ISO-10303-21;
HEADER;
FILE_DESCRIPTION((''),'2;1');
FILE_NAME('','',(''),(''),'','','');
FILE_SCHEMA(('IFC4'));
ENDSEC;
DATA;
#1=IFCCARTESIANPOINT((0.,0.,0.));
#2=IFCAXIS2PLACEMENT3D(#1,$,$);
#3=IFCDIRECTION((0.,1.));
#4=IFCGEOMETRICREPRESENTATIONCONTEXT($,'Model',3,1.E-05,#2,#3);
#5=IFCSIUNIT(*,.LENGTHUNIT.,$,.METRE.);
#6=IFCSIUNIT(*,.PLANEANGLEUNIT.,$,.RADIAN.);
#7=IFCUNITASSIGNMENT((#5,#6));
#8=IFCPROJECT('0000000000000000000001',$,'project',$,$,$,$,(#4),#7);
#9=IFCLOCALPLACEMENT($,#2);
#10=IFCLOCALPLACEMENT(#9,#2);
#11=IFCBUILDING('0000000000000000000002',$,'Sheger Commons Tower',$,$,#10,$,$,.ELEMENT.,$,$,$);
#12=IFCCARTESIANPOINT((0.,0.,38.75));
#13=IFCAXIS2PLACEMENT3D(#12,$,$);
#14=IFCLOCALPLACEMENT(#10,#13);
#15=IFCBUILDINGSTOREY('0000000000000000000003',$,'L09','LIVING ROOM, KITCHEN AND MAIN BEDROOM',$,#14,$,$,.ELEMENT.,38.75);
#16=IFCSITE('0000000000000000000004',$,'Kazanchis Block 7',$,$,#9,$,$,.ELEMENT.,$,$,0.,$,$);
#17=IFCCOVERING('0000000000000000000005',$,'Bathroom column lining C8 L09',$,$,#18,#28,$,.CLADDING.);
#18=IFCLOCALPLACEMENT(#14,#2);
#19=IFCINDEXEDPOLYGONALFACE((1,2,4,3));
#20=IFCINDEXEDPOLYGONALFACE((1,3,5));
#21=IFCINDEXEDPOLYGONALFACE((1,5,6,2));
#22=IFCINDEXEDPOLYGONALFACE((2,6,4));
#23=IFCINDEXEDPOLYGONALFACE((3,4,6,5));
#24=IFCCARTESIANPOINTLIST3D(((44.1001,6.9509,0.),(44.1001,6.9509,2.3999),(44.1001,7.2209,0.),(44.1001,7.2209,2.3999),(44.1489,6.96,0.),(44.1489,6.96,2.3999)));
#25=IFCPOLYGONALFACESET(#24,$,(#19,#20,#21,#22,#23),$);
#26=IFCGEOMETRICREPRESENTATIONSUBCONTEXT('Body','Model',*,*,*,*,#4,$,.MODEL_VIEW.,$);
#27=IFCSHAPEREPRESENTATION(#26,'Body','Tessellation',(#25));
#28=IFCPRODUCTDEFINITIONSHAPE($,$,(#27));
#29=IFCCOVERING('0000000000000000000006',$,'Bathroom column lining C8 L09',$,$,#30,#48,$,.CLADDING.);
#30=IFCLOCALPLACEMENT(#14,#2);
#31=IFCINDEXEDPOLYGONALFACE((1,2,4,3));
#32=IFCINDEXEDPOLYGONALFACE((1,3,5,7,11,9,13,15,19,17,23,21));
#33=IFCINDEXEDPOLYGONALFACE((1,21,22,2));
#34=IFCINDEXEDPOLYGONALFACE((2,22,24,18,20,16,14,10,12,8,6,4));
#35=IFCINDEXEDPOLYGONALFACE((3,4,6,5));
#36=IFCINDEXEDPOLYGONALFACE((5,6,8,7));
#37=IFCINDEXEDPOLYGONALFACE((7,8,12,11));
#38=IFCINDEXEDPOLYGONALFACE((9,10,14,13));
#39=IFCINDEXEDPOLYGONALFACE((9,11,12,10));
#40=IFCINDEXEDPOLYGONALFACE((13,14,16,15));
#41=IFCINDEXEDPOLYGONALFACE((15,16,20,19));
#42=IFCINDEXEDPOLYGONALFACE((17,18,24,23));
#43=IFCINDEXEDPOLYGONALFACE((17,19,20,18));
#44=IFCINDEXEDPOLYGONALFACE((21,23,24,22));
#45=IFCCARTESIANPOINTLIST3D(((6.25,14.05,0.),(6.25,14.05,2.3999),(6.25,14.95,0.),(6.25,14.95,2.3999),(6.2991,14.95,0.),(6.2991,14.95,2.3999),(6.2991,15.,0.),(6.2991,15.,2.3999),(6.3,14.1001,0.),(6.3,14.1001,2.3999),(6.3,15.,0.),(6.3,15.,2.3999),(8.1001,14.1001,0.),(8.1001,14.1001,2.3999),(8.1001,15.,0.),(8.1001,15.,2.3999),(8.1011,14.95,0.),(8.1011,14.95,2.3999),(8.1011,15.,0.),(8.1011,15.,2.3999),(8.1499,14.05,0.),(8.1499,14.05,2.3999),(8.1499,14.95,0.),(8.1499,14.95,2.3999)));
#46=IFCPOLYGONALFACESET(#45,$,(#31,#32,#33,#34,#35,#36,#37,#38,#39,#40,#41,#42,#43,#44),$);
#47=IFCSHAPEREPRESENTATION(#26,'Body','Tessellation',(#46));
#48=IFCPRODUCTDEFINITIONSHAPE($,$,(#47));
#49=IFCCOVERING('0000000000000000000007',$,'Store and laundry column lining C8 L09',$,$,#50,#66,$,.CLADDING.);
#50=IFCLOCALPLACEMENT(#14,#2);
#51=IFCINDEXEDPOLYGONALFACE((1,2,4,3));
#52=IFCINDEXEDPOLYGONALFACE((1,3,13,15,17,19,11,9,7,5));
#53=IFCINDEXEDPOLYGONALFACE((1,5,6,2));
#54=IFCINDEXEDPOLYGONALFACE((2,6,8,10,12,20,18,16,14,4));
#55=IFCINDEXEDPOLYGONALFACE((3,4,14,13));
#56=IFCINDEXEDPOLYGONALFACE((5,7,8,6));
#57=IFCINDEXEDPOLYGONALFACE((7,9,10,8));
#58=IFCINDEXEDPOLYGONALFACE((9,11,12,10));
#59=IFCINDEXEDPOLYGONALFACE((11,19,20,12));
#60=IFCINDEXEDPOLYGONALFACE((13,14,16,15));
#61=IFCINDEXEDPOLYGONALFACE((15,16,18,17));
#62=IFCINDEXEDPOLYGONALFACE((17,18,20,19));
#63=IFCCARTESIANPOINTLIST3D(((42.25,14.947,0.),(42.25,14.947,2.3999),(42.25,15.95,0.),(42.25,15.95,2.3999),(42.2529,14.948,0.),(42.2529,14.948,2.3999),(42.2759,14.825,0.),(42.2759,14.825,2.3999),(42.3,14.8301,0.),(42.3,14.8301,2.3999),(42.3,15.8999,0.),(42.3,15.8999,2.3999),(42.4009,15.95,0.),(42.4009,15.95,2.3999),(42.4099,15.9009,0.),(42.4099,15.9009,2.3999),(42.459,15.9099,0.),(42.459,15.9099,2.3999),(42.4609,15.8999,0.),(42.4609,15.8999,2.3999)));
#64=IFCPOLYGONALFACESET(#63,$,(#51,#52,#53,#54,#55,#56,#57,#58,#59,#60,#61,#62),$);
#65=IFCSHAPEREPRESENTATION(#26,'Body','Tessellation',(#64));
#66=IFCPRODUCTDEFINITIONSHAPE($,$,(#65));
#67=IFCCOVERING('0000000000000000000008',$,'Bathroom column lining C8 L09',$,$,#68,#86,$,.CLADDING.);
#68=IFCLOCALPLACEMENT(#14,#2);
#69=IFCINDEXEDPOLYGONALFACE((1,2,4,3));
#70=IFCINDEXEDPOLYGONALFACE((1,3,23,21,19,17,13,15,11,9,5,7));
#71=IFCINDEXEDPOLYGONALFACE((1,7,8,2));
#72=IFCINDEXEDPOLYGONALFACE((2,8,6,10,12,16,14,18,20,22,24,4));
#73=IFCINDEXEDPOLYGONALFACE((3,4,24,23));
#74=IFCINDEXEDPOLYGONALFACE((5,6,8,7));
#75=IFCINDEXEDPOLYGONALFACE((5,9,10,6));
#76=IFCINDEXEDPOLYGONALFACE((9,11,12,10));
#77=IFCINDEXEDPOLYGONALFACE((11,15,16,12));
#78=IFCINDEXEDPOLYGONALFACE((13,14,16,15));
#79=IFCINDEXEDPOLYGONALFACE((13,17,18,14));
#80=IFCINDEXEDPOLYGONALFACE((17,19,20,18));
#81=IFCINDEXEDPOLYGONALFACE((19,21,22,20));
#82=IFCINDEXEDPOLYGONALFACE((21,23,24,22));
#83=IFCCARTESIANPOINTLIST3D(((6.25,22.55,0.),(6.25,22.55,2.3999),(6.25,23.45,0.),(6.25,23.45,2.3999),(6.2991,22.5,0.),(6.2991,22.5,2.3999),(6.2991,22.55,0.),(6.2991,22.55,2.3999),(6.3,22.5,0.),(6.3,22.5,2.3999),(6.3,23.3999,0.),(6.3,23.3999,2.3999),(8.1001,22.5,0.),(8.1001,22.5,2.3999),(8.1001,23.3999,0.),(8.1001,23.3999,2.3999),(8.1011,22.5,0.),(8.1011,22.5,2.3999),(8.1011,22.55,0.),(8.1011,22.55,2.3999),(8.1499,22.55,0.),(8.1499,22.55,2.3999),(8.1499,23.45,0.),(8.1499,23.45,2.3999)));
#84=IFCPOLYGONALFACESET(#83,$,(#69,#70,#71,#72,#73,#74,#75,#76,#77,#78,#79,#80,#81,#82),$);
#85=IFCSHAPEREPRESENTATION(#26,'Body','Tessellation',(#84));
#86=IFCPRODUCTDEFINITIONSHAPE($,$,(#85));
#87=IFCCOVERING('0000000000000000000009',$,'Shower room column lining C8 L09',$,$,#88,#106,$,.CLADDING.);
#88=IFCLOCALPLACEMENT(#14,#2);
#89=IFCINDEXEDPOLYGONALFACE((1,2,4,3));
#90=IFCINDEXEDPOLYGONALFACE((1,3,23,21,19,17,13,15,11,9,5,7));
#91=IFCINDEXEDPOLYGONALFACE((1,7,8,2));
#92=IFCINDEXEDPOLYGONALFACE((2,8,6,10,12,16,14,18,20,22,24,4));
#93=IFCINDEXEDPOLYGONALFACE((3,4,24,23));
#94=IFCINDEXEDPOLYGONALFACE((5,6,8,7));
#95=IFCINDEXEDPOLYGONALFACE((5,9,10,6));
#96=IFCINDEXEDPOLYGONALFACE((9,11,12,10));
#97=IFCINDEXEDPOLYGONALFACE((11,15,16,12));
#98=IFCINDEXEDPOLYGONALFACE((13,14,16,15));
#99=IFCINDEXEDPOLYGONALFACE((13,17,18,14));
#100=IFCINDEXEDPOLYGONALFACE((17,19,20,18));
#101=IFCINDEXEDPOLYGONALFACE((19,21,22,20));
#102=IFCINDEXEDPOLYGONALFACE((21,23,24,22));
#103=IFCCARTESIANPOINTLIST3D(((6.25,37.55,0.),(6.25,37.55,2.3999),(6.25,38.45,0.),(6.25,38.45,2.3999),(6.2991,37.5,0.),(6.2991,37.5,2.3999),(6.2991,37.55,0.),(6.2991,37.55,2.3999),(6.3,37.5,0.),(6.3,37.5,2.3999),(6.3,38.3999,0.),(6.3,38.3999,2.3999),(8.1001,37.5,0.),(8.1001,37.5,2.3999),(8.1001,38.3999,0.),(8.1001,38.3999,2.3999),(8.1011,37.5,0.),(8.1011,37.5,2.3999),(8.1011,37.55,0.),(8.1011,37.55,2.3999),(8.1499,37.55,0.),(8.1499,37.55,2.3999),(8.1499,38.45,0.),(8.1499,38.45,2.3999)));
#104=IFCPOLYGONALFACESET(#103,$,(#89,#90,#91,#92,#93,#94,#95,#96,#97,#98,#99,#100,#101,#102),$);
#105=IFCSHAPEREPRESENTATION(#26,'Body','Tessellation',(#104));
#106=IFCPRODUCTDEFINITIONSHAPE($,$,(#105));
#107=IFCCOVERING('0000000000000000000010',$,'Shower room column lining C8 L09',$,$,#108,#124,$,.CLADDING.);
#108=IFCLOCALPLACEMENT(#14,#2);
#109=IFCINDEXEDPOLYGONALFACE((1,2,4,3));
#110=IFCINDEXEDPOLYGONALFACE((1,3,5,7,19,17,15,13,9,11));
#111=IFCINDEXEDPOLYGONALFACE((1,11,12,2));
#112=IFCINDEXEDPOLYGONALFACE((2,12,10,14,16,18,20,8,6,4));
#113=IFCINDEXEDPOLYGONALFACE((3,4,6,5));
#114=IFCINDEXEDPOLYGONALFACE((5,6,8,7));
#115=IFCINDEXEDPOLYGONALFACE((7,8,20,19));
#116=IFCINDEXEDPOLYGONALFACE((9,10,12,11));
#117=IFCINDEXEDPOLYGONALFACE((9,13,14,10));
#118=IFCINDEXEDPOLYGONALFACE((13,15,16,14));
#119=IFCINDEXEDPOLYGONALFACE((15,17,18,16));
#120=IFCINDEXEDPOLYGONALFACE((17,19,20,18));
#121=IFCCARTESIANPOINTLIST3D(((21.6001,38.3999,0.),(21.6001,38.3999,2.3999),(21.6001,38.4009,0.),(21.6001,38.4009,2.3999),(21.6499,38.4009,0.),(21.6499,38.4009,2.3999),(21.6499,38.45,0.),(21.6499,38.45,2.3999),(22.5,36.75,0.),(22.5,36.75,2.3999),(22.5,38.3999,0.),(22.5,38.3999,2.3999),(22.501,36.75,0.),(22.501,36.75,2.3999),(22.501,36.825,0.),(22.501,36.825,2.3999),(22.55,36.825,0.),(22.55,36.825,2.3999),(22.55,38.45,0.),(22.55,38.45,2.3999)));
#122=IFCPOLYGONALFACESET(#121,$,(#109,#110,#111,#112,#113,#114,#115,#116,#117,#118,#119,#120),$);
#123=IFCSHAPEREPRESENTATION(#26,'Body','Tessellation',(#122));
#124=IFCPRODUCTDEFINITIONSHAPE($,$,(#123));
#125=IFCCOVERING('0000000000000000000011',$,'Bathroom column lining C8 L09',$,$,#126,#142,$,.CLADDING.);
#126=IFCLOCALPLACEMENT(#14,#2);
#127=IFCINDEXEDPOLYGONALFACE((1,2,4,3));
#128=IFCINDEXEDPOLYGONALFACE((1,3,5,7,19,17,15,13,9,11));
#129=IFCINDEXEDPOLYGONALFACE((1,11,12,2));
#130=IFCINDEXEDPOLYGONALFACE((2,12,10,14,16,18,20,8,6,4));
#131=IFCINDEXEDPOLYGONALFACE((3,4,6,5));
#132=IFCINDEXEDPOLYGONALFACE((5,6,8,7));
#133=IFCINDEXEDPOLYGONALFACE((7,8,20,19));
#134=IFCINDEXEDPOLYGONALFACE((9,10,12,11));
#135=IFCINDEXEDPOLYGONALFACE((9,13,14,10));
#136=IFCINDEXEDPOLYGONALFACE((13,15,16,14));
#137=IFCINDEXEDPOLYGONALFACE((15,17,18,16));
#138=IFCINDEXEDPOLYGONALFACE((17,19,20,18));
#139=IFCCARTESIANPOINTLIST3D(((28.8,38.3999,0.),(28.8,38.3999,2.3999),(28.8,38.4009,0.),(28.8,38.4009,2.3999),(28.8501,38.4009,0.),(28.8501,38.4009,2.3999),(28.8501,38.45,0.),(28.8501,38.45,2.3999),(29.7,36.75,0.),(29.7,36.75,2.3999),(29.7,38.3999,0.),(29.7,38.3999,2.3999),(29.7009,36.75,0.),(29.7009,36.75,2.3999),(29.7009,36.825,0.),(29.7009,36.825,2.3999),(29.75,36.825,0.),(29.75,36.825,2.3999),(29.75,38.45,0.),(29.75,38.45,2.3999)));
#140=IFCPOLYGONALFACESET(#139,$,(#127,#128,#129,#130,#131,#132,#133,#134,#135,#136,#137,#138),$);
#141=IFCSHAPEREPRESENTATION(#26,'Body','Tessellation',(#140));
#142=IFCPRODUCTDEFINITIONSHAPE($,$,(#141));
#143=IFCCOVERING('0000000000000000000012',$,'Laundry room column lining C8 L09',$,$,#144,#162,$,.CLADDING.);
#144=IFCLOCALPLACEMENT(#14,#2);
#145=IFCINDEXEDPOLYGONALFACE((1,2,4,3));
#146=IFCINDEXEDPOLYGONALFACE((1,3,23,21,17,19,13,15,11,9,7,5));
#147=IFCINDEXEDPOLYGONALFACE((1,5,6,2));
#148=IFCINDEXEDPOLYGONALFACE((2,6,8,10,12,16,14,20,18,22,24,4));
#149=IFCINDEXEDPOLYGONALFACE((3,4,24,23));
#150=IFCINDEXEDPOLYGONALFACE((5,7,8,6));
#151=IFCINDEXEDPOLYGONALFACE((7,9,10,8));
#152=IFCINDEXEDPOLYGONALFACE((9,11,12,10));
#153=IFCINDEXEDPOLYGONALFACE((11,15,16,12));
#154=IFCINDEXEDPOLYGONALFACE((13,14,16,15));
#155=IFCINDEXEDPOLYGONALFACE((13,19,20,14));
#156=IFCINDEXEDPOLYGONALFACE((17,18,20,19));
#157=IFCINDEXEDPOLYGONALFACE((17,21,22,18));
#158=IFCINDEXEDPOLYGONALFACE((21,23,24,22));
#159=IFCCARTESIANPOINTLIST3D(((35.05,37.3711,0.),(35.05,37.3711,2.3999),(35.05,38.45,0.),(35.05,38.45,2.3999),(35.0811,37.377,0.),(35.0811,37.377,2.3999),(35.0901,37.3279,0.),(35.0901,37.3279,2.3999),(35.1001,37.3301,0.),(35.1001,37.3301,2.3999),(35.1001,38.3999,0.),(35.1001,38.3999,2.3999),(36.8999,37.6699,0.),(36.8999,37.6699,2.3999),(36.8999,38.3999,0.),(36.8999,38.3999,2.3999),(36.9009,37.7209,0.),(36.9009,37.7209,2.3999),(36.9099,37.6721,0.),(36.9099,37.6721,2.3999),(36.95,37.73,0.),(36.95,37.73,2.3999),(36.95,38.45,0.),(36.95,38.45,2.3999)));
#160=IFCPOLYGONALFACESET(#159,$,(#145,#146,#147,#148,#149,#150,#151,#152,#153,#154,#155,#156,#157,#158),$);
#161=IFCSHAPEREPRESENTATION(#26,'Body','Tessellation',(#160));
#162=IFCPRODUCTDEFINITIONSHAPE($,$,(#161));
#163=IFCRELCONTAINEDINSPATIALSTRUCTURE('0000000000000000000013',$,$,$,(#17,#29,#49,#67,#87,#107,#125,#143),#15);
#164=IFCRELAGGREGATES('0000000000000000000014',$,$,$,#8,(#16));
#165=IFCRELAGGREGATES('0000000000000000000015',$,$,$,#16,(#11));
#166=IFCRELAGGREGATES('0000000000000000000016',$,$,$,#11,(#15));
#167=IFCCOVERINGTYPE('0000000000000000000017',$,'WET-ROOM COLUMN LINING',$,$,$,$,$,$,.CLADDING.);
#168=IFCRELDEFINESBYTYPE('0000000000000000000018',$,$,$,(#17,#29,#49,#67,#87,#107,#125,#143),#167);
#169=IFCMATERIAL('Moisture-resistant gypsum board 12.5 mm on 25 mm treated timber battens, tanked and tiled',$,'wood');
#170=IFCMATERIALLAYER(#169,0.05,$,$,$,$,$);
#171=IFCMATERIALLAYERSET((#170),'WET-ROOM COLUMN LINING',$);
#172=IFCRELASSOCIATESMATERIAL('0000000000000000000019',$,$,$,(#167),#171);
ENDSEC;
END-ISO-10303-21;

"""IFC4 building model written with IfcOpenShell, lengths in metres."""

from ifc_helpers import new_model, si_unit, direction, frame, origin, place, context, subcontext, project, spatial, polyline, outline, extrude, material, layer, layer_set, type_object, element, save


model = new_model("IFC4")

# Units and contexts
model_context = context("Model", 3, precision=1e-05, world=origin(), true_north=direction((0.0, 1.0)))
body_context = subcontext(model_context, "Body", "Model", "MODEL_VIEW")
ifc_project = project(units=[si_unit("LENGTHUNIT", "METRE"), si_unit("PLANEANGLEUNIT", "RADIAN")], contexts=[model_context])

# Site, building, storey
site_placement = place(None, origin())
site = spatial("IfcSite", under=ifc_project, at=site_placement, Name="Kazanchis Block 7", CompositionType="ELEMENT", RefElevation=0.0)
building_placement = place(site_placement, origin())
building = spatial("IfcBuilding", under=site, at=building_placement, Name="Sheger Commons Tower", CompositionType="ELEMENT")
storey_placement = place(building_placement, frame((0.0, 0.0, 38.75)))
storey = spatial("IfcBuildingStorey", under=building, at=storey_placement, Name="L09", Description="LIVING ROOM, KITCHEN AND MAIN BEDROOM", CompositionType="ELEMENT", Elevation=38.75)

# Coverings
ifc_material_1 = material(Name="Moisture-resistant gypsum board 12.5 mm on 25 mm treated timber battens, tanked and tiled", Category="wood")
ifc_layer_1 = layer(ifc_material_1, 0.05)
ifc_layer_set_1 = layer_set([ifc_layer_1], Name="WET-ROOM COLUMN LINING")
covering_type_1 = type_object("IfcCoveringType", Name="WET-ROOM COLUMN LINING", PredefinedType="CLADDING", material=ifc_layer_set_1)
covering_1_placement = place(storey_placement, origin())
element("IfcCovering", 1, at=covering_1_placement, inside=storey, type_object=covering_type_1, Name="Bathroom column lining C8 L09", PredefinedType="CLADDING", context=body_context, shape_type="SweptSolid", body=[
    extrude(outline(polyline([(44.1001, 7.2209), (44.1489, 6.96), (44.1001, 6.9509), (44.1001, 7.2209)])), origin(), (0.0, 0.0, 1.0), 2.3999),
])
covering_2_placement = place(storey_placement, origin())
element("IfcCovering", 2, at=covering_2_placement, inside=storey, type_object=covering_type_1, Name="Bathroom column lining C8 L09", PredefinedType="CLADDING", context=body_context, shape_type="SweptSolid", body=[
    extrude(outline(polyline([(6.3, 15.0), (6.3, 14.1001), (8.1001, 14.1001), (8.1001, 15.0), (8.1011, 15.0), (8.1011, 14.95), (8.1499, 14.95), (8.1499, 14.05), (6.25, 14.05), (6.25, 14.95), (6.2991, 14.95), (6.2991, 15.0), (6.3, 15.0)])), origin(), (0.0, 0.0, 1.0), 2.3999),
])
covering_3_placement = place(storey_placement, origin())
element("IfcCovering", 3, at=covering_3_placement, inside=storey, type_object=covering_type_1, Name="Store and laundry column lining C8 L09", PredefinedType="CLADDING", context=body_context, shape_type="SweptSolid", body=[
    extrude(outline(polyline([(42.4009, 15.95), (42.4099, 15.9009), (42.459, 15.9099), (42.4609, 15.8999), (42.3, 15.8999), (42.3, 14.8301), (42.2759, 14.825), (42.2529, 14.948), (42.25, 14.947), (42.25, 15.95), (42.4009, 15.95)])), origin(), (0.0, 0.0, 1.0), 2.3999),
])
covering_4_placement = place(storey_placement, origin())
element("IfcCovering", 4, at=covering_4_placement, inside=storey, type_object=covering_type_1, Name="Bathroom column lining C8 L09", PredefinedType="CLADDING", context=body_context, shape_type="SweptSolid", body=[
    extrude(outline(polyline([(8.1499, 23.45), (8.1499, 22.55), (8.1011, 22.55), (8.1011, 22.5), (8.1001, 22.5), (8.1001, 23.3999), (6.3, 23.3999), (6.3, 22.5), (6.2991, 22.5), (6.2991, 22.55), (6.25, 22.55), (6.25, 23.45), (8.1499, 23.45)])), origin(), (0.0, 0.0, 1.0), 2.3999),
])
covering_5_placement = place(storey_placement, origin())
element("IfcCovering", 5, at=covering_5_placement, inside=storey, type_object=covering_type_1, Name="Shower room column lining C8 L09", PredefinedType="CLADDING", context=body_context, shape_type="SweptSolid", body=[
    extrude(outline(polyline([(8.1499, 38.45), (8.1499, 37.55), (8.1011, 37.55), (8.1011, 37.5), (8.1001, 37.5), (8.1001, 38.3999), (6.3, 38.3999), (6.3, 37.5), (6.2991, 37.5), (6.2991, 37.55), (6.25, 37.55), (6.25, 38.45), (8.1499, 38.45)])), origin(), (0.0, 0.0, 1.0), 2.3999),
])
covering_6_placement = place(storey_placement, origin())
element("IfcCovering", 6, at=covering_6_placement, inside=storey, type_object=covering_type_1, Name="Shower room column lining C8 L09", PredefinedType="CLADDING", context=body_context, shape_type="SweptSolid", body=[
    extrude(outline(polyline([(22.55, 36.825), (22.501, 36.825), (22.501, 36.75), (22.5, 36.75), (22.5, 38.3999), (21.6001, 38.3999), (21.6001, 38.4009), (21.6499, 38.4009), (21.6499, 38.45), (22.55, 38.45), (22.55, 36.825)])), origin(), (0.0, 0.0, 1.0), 2.3999),
])
covering_7_placement = place(storey_placement, origin())
element("IfcCovering", 7, at=covering_7_placement, inside=storey, type_object=covering_type_1, Name="Bathroom column lining C8 L09", PredefinedType="CLADDING", context=body_context, shape_type="SweptSolid", body=[
    extrude(outline(polyline([(29.75, 36.825), (29.7009, 36.825), (29.7009, 36.75), (29.7, 36.75), (29.7, 38.3999), (28.8, 38.3999), (28.8, 38.4009), (28.8501, 38.4009), (28.8501, 38.45), (29.75, 38.45), (29.75, 36.825)])), origin(), (0.0, 0.0, 1.0), 2.3999),
])
covering_8_placement = place(storey_placement, origin())
element("IfcCovering", 8, at=covering_8_placement, inside=storey, type_object=covering_type_1, Name="Laundry room column lining C8 L09", PredefinedType="CLADDING", context=body_context, shape_type="SweptSolid", body=[
    extrude(outline(polyline([(36.95, 38.45), (36.95, 37.73), (36.9009, 37.7209), (36.9099, 37.6721), (36.8999, 37.6699), (36.8999, 38.3999), (35.1001, 38.3999), (35.1001, 37.3301), (35.0901, 37.3279), (35.0811, 37.377), (35.05, 37.3711), (35.05, 38.45), (36.95, 38.45)])), origin(), (0.0, 0.0, 1.0), 2.3999),
])

save(model, "model.ifc")
